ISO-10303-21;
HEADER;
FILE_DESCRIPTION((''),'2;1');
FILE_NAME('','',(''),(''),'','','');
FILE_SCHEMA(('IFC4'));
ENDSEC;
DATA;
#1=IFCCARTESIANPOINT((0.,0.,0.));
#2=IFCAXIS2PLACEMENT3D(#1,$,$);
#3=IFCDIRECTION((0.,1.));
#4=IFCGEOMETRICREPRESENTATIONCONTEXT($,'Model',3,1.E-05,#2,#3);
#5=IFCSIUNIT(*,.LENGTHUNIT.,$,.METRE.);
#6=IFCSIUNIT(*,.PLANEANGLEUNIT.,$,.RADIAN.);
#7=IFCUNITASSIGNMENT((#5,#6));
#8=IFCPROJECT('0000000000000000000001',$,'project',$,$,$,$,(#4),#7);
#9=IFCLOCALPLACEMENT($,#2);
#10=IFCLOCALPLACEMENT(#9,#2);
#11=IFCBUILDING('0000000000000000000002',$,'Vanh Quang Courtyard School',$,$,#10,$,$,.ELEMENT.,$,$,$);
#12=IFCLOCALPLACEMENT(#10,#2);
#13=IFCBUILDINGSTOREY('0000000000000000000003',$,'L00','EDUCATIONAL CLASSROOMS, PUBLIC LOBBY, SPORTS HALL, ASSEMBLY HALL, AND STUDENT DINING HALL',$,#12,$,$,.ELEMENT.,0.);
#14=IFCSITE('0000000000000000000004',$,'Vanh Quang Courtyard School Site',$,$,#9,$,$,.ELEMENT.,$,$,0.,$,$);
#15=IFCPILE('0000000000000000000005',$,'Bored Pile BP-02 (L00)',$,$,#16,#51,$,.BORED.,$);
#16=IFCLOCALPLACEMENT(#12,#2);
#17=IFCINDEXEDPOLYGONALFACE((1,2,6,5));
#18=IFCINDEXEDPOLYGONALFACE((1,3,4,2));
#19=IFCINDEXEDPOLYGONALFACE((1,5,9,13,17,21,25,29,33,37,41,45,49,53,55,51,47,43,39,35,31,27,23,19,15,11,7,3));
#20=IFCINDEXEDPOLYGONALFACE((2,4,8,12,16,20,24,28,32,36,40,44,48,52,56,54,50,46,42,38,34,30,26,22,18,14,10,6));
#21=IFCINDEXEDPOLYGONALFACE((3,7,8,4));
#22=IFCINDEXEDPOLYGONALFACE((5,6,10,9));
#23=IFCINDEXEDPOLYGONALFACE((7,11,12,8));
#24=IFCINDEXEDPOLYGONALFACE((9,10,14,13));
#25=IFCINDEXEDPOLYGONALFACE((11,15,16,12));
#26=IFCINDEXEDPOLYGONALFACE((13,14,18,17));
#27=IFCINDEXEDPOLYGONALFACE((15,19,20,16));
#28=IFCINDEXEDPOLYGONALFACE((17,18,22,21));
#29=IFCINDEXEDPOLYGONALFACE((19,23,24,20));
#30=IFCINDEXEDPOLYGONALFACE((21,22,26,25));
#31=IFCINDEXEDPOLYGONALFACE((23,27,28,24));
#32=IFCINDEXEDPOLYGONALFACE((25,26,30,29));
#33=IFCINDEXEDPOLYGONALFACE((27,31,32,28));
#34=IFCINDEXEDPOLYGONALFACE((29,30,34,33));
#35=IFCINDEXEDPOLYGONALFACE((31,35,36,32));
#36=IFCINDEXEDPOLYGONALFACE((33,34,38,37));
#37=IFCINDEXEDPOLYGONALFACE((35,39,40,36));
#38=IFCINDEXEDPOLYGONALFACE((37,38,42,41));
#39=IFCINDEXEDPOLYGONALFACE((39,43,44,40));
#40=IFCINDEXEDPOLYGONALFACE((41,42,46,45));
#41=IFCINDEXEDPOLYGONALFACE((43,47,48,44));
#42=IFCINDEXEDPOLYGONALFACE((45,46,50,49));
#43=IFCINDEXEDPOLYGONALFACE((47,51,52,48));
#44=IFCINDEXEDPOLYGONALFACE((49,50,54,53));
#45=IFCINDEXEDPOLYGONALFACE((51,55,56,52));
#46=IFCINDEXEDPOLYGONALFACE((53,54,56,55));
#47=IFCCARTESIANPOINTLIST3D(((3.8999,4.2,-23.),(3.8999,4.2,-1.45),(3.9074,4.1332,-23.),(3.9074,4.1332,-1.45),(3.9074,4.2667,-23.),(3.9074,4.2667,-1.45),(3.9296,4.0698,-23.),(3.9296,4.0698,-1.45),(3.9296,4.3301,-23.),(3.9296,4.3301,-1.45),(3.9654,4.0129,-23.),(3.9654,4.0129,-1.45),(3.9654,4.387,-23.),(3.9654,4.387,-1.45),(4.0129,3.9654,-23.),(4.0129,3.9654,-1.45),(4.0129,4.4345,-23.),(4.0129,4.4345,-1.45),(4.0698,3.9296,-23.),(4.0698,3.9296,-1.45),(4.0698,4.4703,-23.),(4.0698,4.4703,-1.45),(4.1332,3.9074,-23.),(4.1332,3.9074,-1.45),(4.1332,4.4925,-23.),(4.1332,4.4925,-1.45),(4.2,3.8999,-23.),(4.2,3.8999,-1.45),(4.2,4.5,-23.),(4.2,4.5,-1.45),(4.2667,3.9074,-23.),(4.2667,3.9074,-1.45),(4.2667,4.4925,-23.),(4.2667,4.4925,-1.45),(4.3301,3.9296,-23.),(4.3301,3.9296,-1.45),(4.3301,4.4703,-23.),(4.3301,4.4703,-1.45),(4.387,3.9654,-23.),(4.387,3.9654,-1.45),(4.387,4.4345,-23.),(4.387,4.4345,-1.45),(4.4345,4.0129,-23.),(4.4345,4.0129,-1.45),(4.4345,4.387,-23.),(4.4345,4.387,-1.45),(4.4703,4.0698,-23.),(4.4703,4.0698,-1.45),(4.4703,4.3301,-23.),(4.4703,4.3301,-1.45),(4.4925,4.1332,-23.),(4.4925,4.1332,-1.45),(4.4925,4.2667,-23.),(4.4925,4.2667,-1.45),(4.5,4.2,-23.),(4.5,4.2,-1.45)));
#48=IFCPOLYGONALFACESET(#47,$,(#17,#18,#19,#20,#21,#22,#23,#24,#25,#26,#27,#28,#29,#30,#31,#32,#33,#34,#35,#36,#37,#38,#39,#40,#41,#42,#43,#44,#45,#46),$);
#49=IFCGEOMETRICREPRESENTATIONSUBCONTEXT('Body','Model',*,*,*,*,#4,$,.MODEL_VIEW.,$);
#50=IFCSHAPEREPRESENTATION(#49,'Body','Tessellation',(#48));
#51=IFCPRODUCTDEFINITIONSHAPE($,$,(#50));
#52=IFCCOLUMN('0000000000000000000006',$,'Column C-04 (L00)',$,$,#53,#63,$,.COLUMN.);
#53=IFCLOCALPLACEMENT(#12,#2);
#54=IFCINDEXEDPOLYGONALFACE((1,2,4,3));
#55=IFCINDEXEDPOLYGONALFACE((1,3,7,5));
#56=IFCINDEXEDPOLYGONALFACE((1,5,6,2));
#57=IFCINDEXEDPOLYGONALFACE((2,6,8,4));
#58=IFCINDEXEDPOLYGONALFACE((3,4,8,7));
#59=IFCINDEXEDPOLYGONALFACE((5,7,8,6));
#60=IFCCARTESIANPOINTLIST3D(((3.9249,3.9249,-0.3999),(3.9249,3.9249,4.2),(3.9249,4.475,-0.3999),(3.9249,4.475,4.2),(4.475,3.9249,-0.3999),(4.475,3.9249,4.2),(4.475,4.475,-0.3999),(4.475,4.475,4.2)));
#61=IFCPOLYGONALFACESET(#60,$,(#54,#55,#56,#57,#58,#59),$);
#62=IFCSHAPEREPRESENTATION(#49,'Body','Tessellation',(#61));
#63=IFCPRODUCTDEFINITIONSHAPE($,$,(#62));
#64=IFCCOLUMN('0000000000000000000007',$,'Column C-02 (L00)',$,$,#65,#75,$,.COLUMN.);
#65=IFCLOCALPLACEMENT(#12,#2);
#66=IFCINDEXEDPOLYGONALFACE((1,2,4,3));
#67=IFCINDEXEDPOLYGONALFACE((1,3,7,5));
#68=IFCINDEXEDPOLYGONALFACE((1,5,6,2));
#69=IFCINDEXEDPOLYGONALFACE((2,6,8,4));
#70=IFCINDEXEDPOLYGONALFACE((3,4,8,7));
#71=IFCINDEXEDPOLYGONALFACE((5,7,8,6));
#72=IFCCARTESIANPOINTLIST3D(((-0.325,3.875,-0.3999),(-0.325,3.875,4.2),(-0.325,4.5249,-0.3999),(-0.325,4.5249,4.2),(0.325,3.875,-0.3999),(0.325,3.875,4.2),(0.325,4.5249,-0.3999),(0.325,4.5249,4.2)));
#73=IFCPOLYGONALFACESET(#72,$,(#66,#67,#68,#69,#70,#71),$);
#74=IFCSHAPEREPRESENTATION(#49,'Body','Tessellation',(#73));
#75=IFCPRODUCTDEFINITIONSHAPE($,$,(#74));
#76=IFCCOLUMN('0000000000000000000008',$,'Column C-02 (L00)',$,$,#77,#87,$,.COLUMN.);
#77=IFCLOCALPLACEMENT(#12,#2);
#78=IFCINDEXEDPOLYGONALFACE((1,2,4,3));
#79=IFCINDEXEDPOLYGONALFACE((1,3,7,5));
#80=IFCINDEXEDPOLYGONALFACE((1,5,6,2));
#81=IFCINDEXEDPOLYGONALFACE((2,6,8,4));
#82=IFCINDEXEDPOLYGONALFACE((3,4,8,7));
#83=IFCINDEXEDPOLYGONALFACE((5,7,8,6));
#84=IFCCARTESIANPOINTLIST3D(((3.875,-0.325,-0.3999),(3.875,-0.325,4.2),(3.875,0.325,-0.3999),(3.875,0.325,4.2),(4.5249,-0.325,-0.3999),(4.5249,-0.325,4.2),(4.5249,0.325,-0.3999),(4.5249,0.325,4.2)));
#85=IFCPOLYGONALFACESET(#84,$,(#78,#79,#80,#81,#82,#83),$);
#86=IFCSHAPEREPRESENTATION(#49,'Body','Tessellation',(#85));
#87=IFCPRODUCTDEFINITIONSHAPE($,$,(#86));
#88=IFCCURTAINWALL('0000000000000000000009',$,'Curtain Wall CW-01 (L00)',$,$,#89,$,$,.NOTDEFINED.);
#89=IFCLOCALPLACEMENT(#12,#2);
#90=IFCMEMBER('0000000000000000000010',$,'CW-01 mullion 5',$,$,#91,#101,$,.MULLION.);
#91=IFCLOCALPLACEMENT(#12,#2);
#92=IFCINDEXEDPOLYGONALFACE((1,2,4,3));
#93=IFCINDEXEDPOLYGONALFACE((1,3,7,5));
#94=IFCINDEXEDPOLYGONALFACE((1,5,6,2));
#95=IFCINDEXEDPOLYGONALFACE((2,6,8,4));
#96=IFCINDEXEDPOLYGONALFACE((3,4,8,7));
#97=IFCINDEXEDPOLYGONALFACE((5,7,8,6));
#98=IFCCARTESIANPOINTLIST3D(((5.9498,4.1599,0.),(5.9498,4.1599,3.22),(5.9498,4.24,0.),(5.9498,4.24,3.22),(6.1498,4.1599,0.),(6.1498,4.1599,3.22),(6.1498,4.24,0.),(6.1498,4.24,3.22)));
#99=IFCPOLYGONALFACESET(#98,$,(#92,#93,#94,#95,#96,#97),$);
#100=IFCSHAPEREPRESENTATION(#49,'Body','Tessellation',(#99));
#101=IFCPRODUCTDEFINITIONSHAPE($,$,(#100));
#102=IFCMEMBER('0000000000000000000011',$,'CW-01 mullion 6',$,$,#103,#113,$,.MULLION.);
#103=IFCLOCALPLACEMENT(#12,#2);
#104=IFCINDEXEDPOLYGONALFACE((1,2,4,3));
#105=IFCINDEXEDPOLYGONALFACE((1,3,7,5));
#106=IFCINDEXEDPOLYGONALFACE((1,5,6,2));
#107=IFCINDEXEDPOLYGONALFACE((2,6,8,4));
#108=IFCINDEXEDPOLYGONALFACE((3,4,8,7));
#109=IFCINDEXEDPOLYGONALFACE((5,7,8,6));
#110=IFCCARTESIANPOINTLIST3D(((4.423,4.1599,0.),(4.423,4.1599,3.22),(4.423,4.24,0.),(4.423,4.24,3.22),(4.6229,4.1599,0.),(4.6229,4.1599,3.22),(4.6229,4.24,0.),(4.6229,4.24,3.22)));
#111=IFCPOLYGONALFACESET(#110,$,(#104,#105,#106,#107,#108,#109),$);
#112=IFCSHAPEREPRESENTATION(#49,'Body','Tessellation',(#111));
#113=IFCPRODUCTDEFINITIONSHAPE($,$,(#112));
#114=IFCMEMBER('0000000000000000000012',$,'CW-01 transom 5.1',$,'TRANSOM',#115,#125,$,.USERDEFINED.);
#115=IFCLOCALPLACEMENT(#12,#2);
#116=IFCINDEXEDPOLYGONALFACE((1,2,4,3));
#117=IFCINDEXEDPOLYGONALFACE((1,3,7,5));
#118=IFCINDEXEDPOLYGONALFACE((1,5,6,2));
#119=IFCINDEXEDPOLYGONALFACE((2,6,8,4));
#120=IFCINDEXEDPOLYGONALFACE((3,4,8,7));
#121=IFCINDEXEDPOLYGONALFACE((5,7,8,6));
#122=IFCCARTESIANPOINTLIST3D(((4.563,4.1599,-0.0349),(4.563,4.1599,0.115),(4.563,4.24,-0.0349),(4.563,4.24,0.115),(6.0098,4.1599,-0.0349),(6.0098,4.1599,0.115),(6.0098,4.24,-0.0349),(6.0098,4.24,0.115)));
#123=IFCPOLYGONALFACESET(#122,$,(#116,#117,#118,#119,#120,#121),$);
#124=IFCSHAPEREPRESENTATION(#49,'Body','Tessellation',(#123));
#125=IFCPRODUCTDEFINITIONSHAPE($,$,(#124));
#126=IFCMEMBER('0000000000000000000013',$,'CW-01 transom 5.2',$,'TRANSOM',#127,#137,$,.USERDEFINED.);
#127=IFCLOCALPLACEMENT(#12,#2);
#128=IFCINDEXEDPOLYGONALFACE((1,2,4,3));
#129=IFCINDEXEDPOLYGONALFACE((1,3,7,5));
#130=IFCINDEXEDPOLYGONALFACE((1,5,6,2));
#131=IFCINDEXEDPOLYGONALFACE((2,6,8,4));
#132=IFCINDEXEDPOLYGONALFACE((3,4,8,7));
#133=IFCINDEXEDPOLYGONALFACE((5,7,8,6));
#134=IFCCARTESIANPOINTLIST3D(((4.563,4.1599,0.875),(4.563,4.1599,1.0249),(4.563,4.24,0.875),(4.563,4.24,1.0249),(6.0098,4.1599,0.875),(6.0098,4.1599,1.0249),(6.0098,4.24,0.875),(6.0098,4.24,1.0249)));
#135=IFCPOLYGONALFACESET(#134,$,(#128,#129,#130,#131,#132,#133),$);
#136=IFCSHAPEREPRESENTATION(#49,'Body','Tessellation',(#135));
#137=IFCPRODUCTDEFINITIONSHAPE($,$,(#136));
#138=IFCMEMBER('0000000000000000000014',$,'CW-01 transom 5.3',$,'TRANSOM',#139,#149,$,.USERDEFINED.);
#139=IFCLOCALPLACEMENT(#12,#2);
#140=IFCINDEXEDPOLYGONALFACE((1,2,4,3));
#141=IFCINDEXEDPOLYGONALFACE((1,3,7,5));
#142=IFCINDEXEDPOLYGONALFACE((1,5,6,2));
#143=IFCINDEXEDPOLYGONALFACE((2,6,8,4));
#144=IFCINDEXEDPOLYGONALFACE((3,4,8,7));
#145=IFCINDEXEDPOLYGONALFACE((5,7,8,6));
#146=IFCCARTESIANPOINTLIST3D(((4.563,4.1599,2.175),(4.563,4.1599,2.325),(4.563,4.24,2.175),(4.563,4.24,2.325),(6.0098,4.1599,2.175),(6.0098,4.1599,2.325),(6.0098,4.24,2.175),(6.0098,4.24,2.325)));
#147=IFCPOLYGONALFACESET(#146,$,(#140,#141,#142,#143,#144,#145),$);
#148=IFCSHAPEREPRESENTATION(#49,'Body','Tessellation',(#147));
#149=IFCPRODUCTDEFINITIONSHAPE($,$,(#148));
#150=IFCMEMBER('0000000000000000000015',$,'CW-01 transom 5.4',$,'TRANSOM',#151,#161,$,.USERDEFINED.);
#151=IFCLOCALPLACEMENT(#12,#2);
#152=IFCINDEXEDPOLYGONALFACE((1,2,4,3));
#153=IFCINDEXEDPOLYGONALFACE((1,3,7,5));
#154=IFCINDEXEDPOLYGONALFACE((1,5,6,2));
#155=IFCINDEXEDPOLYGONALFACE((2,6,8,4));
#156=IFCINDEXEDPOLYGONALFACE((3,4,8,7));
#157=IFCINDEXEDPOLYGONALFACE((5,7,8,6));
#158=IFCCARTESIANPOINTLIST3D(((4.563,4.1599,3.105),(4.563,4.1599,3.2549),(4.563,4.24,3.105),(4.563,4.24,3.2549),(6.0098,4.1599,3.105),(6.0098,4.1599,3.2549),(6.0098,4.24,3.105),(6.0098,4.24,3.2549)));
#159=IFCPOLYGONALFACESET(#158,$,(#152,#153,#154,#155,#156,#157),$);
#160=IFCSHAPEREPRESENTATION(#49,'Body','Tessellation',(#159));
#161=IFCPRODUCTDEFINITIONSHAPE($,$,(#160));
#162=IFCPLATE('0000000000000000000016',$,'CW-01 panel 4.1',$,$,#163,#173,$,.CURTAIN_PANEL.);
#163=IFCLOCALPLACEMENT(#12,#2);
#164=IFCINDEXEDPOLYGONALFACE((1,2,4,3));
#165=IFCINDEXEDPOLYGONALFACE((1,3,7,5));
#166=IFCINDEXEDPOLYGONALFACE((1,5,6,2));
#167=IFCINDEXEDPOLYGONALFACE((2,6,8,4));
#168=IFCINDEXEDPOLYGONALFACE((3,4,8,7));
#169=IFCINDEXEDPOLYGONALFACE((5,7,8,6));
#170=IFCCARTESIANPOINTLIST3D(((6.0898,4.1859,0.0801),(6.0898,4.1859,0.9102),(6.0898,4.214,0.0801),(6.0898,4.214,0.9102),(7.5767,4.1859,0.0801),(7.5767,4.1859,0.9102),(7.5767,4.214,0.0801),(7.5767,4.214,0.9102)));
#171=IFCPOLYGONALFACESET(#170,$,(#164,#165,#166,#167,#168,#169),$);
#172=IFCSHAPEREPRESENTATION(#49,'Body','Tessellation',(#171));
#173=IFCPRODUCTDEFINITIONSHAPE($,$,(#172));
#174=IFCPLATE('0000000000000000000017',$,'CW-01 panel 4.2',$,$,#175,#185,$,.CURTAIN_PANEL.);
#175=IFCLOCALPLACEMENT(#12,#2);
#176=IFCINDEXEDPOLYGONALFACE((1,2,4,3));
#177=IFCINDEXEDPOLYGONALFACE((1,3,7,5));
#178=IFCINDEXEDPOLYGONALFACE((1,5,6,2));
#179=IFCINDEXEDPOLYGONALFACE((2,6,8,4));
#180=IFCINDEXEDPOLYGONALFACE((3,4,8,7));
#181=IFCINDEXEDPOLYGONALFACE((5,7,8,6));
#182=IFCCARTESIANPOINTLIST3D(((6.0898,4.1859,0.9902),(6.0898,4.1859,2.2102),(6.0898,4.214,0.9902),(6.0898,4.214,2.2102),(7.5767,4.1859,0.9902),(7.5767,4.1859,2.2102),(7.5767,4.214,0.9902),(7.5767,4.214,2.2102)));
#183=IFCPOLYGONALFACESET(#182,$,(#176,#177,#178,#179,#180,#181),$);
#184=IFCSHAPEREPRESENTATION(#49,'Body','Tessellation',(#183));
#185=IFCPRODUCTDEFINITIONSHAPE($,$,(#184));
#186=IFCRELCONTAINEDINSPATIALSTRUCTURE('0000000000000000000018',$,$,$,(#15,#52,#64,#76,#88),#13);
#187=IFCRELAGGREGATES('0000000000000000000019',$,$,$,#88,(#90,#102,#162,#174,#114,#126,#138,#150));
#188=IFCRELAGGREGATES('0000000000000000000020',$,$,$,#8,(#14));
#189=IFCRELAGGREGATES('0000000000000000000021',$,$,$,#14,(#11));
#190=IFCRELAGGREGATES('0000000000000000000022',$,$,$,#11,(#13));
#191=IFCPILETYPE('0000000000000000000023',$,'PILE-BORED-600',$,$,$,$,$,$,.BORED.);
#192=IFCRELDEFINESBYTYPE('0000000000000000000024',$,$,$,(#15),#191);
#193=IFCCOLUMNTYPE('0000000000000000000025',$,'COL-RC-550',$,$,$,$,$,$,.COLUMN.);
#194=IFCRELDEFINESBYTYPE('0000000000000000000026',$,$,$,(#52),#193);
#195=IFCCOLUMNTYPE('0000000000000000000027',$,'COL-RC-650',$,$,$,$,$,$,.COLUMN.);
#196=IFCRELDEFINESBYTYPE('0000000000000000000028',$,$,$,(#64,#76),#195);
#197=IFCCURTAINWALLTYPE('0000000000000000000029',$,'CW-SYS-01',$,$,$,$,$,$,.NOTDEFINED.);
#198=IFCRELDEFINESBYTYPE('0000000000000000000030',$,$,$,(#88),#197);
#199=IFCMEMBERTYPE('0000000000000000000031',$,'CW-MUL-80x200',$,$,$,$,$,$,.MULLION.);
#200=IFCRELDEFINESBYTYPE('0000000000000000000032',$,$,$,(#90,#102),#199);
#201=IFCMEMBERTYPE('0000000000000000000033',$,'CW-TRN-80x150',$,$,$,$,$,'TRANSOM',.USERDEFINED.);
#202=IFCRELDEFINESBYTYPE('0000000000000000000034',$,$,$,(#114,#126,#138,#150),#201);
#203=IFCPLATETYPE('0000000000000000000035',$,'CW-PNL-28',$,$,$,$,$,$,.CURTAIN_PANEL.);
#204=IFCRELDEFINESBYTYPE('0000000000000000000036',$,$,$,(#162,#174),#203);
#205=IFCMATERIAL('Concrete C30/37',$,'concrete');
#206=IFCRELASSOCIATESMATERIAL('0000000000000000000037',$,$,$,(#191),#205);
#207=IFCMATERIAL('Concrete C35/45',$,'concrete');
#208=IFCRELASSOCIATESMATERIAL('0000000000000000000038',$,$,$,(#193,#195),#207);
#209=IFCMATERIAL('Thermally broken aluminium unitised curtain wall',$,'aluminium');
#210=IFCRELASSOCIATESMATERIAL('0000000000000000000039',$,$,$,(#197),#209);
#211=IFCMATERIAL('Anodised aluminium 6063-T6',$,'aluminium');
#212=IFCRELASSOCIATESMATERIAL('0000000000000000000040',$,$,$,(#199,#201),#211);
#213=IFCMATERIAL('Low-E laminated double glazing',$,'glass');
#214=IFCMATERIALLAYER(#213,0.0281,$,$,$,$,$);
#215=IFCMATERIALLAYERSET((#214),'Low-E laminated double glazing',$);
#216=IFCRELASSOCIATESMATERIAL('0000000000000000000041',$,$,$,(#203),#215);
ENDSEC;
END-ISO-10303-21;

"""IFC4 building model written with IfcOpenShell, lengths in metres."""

from ifc_helpers import new_model, si_unit, direction, frame, origin, origin_2d, place, context, subcontext, project, spatial, rectangle, circle, extrude, material, layer, layer_set, material_profile, profile_set, type_object, element, aggregate, save


model = new_model("IFC4")

# Units and contexts
model_context = context("Model", 3, precision=1e-05, world=origin(), true_north=direction((0.0, 1.0)))
body_context = subcontext(model_context, "Body", "Model", "MODEL_VIEW")
ifc_project = project(units=[si_unit("LENGTHUNIT", "METRE"), si_unit("PLANEANGLEUNIT", "RADIAN")], contexts=[model_context])

# Site, building, storey
site_placement = place(None, origin())
site = spatial("IfcSite", under=ifc_project, at=site_placement, Name="Vanh Quang Courtyard School Site", CompositionType="ELEMENT", RefElevation=0.0)
building_placement = place(site_placement, origin())
building = spatial("IfcBuilding", under=site, at=building_placement, Name="Vanh Quang Courtyard School", CompositionType="ELEMENT")
storey_placement = place(building_placement, origin())
storey = spatial("IfcBuildingStorey", under=building, at=storey_placement, Name="L00", Description="EDUCATIONAL CLASSROOMS, PUBLIC LOBBY, SPORTS HALL, ASSEMBLY HALL, AND STUDENT DINING HALL", CompositionType="ELEMENT", Elevation=0.0)

# Shared definitions
ifc_material_1 = material(Name="Concrete C35/45", Category="concrete")

# Pile
ifc_material_2 = material(Name="Concrete C30/37", Category="concrete")
ifc_material_profile_1 = material_profile(ifc_material_2, circle(Radius=0.3, at=origin_2d()), Name="PILE D600")
ifc_profile_set_1 = profile_set([ifc_material_profile_1], Name="Concrete C30/37")
pile_type_1 = type_object("IfcPileType", Name="PILE-BORED-600", PredefinedType="BORED", material=ifc_profile_set_1)
pile_placement = place(storey_placement, frame((4.2, 4.2, -1.45), z_axis=(0.0, 0.0, -1.0), x_axis=(1.0, 0.0, 0.0)))
element("IfcPile", 1, at=pile_placement, inside=storey, type_object=pile_type_1, Name="Bored Pile BP-02 (L00)", PredefinedType="BORED", context=body_context, shape_type="SweptSolid", body=[
    extrude(circle(Radius=0.3, at=origin_2d()), origin(), (0.0, 0.0, 1.0), 21.55),
])

# Columns
ifc_material_profile_2 = material_profile(ifc_material_1, rectangle(XDim=0.55, YDim=0.55, at=origin_2d()), Name="RC-COL 550x550")
ifc_profile_set_2 = profile_set([ifc_material_profile_2], Name="Concrete C35/45")
column_type_1 = type_object("IfcColumnType", Name="COL-RC-550", PredefinedType="COLUMN", material=ifc_profile_set_2)
column_placement = place(storey_placement, frame((4.2, 4.2, -0.3999), z_axis=(0.0, 0.0, 1.0), x_axis=(1.0, 0.0, 0.0)))
element("IfcColumn", 2, at=column_placement, inside=storey, type_object=column_type_1, Name="Column C-04 (L00)", PredefinedType="COLUMN", context=body_context, shape_type="SweptSolid", body=[
    extrude(rectangle(XDim=0.55, YDim=0.55, at=origin_2d()), origin(), (0.0, 0.0, 1.0), 4.5999),
])
ifc_material_profile_3 = material_profile(ifc_material_1, rectangle(XDim=0.6499, YDim=0.6499, at=origin_2d()), Name="RC-COL 650x650")
ifc_profile_set_3 = profile_set([ifc_material_profile_3], Name="Concrete C35/45")
column_type_2 = type_object("IfcColumnType", Name="COL-RC-650", PredefinedType="COLUMN", material=ifc_profile_set_3)
for number, where, z_axis, x_axis, name in (
    (3, (0.0, 4.2, -0.3999), (0.0, 0.0, 1.0), (1.0, 0.0, 0.0), "Column C-02 (L00)"),
    (4, (4.2, 0.0, -0.3999), (0.0, 0.0, 1.0), (1.0, 0.0, 0.0), "Column C-02 (L00)"),
):
    element("IfcColumn", number, at=place(storey_placement, frame(where, z_axis=z_axis, x_axis=x_axis)), inside=storey, type_object=column_type_2, Name=name, PredefinedType="COLUMN", context=body_context, shape_type="SweptSolid", body=[
        extrude(rectangle(XDim=0.6499, YDim=0.6499, at=origin_2d()), origin(), (0.0, 0.0, 1.0), 4.5999),
    ])

# Curtain wall, members, plates
ifc_material_3 = material(Name="Thermally broken aluminium unitised curtain wall", Category="aluminium")
curtain_wall_type = type_object("IfcCurtainWallType", Name="CW-SYS-01", PredefinedType="NOTDEFINED", material=ifc_material_3)
curtain_wall_placement = place(storey_placement, origin())
curtain_wall = element("IfcCurtainWall", 5, at=curtain_wall_placement, inside=storey, type_object=curtain_wall_type, Name="Curtain Wall CW-01 (L00)", PredefinedType="NOTDEFINED")
ifc_material_4 = material(Name="Anodised aluminium 6063-T6", Category="aluminium")
ifc_material_profile_4 = material_profile(ifc_material_4, rectangle(XDim=0.0801, YDim=0.2, at=origin_2d()), Name="ALU-MUL 80x200")
ifc_profile_set_4 = profile_set([ifc_material_profile_4], Name="Anodised aluminium 6063-T6")
member_type_1 = type_object("IfcMemberType", Name="CW-MUL-80x200", PredefinedType="MULLION", material=ifc_profile_set_4)
member_1_placement = place(storey_placement, frame((6.0498, 4.2, 0.0), z_axis=(0.0, 0.0, 1.0), x_axis=(0.0, -1.0, 0.0)))
member_1 = element("IfcMember", 6, at=member_1_placement, type_object=member_type_1, Name="CW-01 mullion 5", PredefinedType="MULLION", context=body_context, shape_type="SweptSolid", body=[
    extrude(rectangle(XDim=0.0801, YDim=0.2, at=origin_2d()), origin(), (0.0, 0.0, 1.0), 3.22),
])
member_2_placement = place(storey_placement, frame((4.5229, 4.2, 0.0), z_axis=(0.0, 0.0, 1.0), x_axis=(0.0, -1.0, 0.0)))
member_2 = element("IfcMember", 7, at=member_2_placement, type_object=member_type_1, Name="CW-01 mullion 6", PredefinedType="MULLION", context=body_context, shape_type="SweptSolid", body=[
    extrude(rectangle(XDim=0.0801, YDim=0.2, at=origin_2d()), origin(), (0.0, 0.0, 1.0), 3.22),
])
ifc_material_profile_5 = material_profile(ifc_material_4, rectangle(XDim=0.0801, YDim=0.1499, at=origin_2d()), Name="ALU-TRN 80x150")
ifc_profile_set_5 = profile_set([ifc_material_profile_5], Name="Anodised aluminium 6063-T6")
member_type_2 = type_object("IfcMemberType", Name="CW-TRN-80x150", ElementType="TRANSOM", PredefinedType="USERDEFINED", material=ifc_profile_set_5)
member_3_placement = place(storey_placement, frame((6.0098, 4.2, 0.04), z_axis=(-1.0, 0.0, 0.0), x_axis=(0.0, -1.0, 0.0)))
member_3 = element("IfcMember", 8, at=member_3_placement, type_object=member_type_2, Name="CW-01 transom 5.1", ObjectType="TRANSOM", PredefinedType="USERDEFINED", context=body_context, shape_type="SweptSolid", body=[
    extrude(rectangle(XDim=0.0801, YDim=0.1499, at=origin_2d()), origin(), (0.0, 0.0, 1.0), 1.4468),
])
member_4_placement = place(storey_placement, frame((6.0098, 4.2, 0.95), z_axis=(-1.0, 0.0, 0.0), x_axis=(0.0, -1.0, 0.0)))
member_4 = element("IfcMember", 9, at=member_4_placement, type_object=member_type_2, Name="CW-01 transom 5.2", ObjectType="TRANSOM", PredefinedType="USERDEFINED", context=body_context, shape_type="SweptSolid", body=[
    extrude(rectangle(XDim=0.0801, YDim=0.1499, at=origin_2d()), origin(), (0.0, 0.0, 1.0), 1.4468),
])
member_5_placement = place(storey_placement, frame((6.0098, 4.2, 2.25), z_axis=(-1.0, 0.0, 0.0), x_axis=(0.0, -1.0, 0.0)))
member_5 = element("IfcMember", 10, at=member_5_placement, type_object=member_type_2, Name="CW-01 transom 5.3", ObjectType="TRANSOM", PredefinedType="USERDEFINED", context=body_context, shape_type="SweptSolid", body=[
    extrude(rectangle(XDim=0.0801, YDim=0.1499, at=origin_2d()), origin(), (0.0, 0.0, 1.0), 1.4468),
])
member_6_placement = place(storey_placement, frame((6.0098, 4.2, 3.1799), z_axis=(-1.0, 0.0, 0.0), x_axis=(0.0, -1.0, 0.0)))
member_6 = element("IfcMember", 11, at=member_6_placement, type_object=member_type_2, Name="CW-01 transom 5.4", ObjectType="TRANSOM", PredefinedType="USERDEFINED", context=body_context, shape_type="SweptSolid", body=[
    extrude(rectangle(XDim=0.0801, YDim=0.1499, at=origin_2d()), origin(), (0.0, 0.0, 1.0), 1.4468),
])
ifc_material_5 = material(Name="Low-E laminated double glazing", Category="glass")
ifc_layer_1 = layer(ifc_material_5, 0.0281)
ifc_layer_set_1 = layer_set([ifc_layer_1], Name="Low-E laminated double glazing")
plate_type = type_object("IfcPlateType", Name="CW-PNL-28", PredefinedType="CURTAIN_PANEL", material=ifc_layer_set_1)
plate_1_placement = place(storey_placement, frame((6.8333, 4.2, 0.0801), z_axis=(0.0, 0.0, 1.0), x_axis=(-1.0, 0.0, 0.0)))
plate_1 = element("IfcPlate", 12, at=plate_1_placement, type_object=plate_type, Name="CW-01 panel 4.1", PredefinedType="CURTAIN_PANEL", context=body_context, shape_type="SweptSolid", body=[
    extrude(rectangle(XDim=1.4868, YDim=0.0281, at=origin_2d()), origin(), (0.0, 0.0, 1.0), 0.8301),
])
plate_2_placement = place(storey_placement, frame((6.8333, 4.2, 0.9902), z_axis=(0.0, 0.0, 1.0), x_axis=(-1.0, 0.0, 0.0)))
plate_2 = element("IfcPlate", 13, at=plate_2_placement, type_object=plate_type, Name="CW-01 panel 4.2", PredefinedType="CURTAIN_PANEL", context=body_context, shape_type="SweptSolid", body=[
    extrude(rectangle(XDim=1.4868, YDim=0.0281, at=origin_2d()), origin(), (0.0, 0.0, 1.0), 1.22),
])
aggregate(curtain_wall, [member_1, member_2, plate_1, plate_2, member_3, member_4, member_5, member_6])

save(model, "model.ifc")
